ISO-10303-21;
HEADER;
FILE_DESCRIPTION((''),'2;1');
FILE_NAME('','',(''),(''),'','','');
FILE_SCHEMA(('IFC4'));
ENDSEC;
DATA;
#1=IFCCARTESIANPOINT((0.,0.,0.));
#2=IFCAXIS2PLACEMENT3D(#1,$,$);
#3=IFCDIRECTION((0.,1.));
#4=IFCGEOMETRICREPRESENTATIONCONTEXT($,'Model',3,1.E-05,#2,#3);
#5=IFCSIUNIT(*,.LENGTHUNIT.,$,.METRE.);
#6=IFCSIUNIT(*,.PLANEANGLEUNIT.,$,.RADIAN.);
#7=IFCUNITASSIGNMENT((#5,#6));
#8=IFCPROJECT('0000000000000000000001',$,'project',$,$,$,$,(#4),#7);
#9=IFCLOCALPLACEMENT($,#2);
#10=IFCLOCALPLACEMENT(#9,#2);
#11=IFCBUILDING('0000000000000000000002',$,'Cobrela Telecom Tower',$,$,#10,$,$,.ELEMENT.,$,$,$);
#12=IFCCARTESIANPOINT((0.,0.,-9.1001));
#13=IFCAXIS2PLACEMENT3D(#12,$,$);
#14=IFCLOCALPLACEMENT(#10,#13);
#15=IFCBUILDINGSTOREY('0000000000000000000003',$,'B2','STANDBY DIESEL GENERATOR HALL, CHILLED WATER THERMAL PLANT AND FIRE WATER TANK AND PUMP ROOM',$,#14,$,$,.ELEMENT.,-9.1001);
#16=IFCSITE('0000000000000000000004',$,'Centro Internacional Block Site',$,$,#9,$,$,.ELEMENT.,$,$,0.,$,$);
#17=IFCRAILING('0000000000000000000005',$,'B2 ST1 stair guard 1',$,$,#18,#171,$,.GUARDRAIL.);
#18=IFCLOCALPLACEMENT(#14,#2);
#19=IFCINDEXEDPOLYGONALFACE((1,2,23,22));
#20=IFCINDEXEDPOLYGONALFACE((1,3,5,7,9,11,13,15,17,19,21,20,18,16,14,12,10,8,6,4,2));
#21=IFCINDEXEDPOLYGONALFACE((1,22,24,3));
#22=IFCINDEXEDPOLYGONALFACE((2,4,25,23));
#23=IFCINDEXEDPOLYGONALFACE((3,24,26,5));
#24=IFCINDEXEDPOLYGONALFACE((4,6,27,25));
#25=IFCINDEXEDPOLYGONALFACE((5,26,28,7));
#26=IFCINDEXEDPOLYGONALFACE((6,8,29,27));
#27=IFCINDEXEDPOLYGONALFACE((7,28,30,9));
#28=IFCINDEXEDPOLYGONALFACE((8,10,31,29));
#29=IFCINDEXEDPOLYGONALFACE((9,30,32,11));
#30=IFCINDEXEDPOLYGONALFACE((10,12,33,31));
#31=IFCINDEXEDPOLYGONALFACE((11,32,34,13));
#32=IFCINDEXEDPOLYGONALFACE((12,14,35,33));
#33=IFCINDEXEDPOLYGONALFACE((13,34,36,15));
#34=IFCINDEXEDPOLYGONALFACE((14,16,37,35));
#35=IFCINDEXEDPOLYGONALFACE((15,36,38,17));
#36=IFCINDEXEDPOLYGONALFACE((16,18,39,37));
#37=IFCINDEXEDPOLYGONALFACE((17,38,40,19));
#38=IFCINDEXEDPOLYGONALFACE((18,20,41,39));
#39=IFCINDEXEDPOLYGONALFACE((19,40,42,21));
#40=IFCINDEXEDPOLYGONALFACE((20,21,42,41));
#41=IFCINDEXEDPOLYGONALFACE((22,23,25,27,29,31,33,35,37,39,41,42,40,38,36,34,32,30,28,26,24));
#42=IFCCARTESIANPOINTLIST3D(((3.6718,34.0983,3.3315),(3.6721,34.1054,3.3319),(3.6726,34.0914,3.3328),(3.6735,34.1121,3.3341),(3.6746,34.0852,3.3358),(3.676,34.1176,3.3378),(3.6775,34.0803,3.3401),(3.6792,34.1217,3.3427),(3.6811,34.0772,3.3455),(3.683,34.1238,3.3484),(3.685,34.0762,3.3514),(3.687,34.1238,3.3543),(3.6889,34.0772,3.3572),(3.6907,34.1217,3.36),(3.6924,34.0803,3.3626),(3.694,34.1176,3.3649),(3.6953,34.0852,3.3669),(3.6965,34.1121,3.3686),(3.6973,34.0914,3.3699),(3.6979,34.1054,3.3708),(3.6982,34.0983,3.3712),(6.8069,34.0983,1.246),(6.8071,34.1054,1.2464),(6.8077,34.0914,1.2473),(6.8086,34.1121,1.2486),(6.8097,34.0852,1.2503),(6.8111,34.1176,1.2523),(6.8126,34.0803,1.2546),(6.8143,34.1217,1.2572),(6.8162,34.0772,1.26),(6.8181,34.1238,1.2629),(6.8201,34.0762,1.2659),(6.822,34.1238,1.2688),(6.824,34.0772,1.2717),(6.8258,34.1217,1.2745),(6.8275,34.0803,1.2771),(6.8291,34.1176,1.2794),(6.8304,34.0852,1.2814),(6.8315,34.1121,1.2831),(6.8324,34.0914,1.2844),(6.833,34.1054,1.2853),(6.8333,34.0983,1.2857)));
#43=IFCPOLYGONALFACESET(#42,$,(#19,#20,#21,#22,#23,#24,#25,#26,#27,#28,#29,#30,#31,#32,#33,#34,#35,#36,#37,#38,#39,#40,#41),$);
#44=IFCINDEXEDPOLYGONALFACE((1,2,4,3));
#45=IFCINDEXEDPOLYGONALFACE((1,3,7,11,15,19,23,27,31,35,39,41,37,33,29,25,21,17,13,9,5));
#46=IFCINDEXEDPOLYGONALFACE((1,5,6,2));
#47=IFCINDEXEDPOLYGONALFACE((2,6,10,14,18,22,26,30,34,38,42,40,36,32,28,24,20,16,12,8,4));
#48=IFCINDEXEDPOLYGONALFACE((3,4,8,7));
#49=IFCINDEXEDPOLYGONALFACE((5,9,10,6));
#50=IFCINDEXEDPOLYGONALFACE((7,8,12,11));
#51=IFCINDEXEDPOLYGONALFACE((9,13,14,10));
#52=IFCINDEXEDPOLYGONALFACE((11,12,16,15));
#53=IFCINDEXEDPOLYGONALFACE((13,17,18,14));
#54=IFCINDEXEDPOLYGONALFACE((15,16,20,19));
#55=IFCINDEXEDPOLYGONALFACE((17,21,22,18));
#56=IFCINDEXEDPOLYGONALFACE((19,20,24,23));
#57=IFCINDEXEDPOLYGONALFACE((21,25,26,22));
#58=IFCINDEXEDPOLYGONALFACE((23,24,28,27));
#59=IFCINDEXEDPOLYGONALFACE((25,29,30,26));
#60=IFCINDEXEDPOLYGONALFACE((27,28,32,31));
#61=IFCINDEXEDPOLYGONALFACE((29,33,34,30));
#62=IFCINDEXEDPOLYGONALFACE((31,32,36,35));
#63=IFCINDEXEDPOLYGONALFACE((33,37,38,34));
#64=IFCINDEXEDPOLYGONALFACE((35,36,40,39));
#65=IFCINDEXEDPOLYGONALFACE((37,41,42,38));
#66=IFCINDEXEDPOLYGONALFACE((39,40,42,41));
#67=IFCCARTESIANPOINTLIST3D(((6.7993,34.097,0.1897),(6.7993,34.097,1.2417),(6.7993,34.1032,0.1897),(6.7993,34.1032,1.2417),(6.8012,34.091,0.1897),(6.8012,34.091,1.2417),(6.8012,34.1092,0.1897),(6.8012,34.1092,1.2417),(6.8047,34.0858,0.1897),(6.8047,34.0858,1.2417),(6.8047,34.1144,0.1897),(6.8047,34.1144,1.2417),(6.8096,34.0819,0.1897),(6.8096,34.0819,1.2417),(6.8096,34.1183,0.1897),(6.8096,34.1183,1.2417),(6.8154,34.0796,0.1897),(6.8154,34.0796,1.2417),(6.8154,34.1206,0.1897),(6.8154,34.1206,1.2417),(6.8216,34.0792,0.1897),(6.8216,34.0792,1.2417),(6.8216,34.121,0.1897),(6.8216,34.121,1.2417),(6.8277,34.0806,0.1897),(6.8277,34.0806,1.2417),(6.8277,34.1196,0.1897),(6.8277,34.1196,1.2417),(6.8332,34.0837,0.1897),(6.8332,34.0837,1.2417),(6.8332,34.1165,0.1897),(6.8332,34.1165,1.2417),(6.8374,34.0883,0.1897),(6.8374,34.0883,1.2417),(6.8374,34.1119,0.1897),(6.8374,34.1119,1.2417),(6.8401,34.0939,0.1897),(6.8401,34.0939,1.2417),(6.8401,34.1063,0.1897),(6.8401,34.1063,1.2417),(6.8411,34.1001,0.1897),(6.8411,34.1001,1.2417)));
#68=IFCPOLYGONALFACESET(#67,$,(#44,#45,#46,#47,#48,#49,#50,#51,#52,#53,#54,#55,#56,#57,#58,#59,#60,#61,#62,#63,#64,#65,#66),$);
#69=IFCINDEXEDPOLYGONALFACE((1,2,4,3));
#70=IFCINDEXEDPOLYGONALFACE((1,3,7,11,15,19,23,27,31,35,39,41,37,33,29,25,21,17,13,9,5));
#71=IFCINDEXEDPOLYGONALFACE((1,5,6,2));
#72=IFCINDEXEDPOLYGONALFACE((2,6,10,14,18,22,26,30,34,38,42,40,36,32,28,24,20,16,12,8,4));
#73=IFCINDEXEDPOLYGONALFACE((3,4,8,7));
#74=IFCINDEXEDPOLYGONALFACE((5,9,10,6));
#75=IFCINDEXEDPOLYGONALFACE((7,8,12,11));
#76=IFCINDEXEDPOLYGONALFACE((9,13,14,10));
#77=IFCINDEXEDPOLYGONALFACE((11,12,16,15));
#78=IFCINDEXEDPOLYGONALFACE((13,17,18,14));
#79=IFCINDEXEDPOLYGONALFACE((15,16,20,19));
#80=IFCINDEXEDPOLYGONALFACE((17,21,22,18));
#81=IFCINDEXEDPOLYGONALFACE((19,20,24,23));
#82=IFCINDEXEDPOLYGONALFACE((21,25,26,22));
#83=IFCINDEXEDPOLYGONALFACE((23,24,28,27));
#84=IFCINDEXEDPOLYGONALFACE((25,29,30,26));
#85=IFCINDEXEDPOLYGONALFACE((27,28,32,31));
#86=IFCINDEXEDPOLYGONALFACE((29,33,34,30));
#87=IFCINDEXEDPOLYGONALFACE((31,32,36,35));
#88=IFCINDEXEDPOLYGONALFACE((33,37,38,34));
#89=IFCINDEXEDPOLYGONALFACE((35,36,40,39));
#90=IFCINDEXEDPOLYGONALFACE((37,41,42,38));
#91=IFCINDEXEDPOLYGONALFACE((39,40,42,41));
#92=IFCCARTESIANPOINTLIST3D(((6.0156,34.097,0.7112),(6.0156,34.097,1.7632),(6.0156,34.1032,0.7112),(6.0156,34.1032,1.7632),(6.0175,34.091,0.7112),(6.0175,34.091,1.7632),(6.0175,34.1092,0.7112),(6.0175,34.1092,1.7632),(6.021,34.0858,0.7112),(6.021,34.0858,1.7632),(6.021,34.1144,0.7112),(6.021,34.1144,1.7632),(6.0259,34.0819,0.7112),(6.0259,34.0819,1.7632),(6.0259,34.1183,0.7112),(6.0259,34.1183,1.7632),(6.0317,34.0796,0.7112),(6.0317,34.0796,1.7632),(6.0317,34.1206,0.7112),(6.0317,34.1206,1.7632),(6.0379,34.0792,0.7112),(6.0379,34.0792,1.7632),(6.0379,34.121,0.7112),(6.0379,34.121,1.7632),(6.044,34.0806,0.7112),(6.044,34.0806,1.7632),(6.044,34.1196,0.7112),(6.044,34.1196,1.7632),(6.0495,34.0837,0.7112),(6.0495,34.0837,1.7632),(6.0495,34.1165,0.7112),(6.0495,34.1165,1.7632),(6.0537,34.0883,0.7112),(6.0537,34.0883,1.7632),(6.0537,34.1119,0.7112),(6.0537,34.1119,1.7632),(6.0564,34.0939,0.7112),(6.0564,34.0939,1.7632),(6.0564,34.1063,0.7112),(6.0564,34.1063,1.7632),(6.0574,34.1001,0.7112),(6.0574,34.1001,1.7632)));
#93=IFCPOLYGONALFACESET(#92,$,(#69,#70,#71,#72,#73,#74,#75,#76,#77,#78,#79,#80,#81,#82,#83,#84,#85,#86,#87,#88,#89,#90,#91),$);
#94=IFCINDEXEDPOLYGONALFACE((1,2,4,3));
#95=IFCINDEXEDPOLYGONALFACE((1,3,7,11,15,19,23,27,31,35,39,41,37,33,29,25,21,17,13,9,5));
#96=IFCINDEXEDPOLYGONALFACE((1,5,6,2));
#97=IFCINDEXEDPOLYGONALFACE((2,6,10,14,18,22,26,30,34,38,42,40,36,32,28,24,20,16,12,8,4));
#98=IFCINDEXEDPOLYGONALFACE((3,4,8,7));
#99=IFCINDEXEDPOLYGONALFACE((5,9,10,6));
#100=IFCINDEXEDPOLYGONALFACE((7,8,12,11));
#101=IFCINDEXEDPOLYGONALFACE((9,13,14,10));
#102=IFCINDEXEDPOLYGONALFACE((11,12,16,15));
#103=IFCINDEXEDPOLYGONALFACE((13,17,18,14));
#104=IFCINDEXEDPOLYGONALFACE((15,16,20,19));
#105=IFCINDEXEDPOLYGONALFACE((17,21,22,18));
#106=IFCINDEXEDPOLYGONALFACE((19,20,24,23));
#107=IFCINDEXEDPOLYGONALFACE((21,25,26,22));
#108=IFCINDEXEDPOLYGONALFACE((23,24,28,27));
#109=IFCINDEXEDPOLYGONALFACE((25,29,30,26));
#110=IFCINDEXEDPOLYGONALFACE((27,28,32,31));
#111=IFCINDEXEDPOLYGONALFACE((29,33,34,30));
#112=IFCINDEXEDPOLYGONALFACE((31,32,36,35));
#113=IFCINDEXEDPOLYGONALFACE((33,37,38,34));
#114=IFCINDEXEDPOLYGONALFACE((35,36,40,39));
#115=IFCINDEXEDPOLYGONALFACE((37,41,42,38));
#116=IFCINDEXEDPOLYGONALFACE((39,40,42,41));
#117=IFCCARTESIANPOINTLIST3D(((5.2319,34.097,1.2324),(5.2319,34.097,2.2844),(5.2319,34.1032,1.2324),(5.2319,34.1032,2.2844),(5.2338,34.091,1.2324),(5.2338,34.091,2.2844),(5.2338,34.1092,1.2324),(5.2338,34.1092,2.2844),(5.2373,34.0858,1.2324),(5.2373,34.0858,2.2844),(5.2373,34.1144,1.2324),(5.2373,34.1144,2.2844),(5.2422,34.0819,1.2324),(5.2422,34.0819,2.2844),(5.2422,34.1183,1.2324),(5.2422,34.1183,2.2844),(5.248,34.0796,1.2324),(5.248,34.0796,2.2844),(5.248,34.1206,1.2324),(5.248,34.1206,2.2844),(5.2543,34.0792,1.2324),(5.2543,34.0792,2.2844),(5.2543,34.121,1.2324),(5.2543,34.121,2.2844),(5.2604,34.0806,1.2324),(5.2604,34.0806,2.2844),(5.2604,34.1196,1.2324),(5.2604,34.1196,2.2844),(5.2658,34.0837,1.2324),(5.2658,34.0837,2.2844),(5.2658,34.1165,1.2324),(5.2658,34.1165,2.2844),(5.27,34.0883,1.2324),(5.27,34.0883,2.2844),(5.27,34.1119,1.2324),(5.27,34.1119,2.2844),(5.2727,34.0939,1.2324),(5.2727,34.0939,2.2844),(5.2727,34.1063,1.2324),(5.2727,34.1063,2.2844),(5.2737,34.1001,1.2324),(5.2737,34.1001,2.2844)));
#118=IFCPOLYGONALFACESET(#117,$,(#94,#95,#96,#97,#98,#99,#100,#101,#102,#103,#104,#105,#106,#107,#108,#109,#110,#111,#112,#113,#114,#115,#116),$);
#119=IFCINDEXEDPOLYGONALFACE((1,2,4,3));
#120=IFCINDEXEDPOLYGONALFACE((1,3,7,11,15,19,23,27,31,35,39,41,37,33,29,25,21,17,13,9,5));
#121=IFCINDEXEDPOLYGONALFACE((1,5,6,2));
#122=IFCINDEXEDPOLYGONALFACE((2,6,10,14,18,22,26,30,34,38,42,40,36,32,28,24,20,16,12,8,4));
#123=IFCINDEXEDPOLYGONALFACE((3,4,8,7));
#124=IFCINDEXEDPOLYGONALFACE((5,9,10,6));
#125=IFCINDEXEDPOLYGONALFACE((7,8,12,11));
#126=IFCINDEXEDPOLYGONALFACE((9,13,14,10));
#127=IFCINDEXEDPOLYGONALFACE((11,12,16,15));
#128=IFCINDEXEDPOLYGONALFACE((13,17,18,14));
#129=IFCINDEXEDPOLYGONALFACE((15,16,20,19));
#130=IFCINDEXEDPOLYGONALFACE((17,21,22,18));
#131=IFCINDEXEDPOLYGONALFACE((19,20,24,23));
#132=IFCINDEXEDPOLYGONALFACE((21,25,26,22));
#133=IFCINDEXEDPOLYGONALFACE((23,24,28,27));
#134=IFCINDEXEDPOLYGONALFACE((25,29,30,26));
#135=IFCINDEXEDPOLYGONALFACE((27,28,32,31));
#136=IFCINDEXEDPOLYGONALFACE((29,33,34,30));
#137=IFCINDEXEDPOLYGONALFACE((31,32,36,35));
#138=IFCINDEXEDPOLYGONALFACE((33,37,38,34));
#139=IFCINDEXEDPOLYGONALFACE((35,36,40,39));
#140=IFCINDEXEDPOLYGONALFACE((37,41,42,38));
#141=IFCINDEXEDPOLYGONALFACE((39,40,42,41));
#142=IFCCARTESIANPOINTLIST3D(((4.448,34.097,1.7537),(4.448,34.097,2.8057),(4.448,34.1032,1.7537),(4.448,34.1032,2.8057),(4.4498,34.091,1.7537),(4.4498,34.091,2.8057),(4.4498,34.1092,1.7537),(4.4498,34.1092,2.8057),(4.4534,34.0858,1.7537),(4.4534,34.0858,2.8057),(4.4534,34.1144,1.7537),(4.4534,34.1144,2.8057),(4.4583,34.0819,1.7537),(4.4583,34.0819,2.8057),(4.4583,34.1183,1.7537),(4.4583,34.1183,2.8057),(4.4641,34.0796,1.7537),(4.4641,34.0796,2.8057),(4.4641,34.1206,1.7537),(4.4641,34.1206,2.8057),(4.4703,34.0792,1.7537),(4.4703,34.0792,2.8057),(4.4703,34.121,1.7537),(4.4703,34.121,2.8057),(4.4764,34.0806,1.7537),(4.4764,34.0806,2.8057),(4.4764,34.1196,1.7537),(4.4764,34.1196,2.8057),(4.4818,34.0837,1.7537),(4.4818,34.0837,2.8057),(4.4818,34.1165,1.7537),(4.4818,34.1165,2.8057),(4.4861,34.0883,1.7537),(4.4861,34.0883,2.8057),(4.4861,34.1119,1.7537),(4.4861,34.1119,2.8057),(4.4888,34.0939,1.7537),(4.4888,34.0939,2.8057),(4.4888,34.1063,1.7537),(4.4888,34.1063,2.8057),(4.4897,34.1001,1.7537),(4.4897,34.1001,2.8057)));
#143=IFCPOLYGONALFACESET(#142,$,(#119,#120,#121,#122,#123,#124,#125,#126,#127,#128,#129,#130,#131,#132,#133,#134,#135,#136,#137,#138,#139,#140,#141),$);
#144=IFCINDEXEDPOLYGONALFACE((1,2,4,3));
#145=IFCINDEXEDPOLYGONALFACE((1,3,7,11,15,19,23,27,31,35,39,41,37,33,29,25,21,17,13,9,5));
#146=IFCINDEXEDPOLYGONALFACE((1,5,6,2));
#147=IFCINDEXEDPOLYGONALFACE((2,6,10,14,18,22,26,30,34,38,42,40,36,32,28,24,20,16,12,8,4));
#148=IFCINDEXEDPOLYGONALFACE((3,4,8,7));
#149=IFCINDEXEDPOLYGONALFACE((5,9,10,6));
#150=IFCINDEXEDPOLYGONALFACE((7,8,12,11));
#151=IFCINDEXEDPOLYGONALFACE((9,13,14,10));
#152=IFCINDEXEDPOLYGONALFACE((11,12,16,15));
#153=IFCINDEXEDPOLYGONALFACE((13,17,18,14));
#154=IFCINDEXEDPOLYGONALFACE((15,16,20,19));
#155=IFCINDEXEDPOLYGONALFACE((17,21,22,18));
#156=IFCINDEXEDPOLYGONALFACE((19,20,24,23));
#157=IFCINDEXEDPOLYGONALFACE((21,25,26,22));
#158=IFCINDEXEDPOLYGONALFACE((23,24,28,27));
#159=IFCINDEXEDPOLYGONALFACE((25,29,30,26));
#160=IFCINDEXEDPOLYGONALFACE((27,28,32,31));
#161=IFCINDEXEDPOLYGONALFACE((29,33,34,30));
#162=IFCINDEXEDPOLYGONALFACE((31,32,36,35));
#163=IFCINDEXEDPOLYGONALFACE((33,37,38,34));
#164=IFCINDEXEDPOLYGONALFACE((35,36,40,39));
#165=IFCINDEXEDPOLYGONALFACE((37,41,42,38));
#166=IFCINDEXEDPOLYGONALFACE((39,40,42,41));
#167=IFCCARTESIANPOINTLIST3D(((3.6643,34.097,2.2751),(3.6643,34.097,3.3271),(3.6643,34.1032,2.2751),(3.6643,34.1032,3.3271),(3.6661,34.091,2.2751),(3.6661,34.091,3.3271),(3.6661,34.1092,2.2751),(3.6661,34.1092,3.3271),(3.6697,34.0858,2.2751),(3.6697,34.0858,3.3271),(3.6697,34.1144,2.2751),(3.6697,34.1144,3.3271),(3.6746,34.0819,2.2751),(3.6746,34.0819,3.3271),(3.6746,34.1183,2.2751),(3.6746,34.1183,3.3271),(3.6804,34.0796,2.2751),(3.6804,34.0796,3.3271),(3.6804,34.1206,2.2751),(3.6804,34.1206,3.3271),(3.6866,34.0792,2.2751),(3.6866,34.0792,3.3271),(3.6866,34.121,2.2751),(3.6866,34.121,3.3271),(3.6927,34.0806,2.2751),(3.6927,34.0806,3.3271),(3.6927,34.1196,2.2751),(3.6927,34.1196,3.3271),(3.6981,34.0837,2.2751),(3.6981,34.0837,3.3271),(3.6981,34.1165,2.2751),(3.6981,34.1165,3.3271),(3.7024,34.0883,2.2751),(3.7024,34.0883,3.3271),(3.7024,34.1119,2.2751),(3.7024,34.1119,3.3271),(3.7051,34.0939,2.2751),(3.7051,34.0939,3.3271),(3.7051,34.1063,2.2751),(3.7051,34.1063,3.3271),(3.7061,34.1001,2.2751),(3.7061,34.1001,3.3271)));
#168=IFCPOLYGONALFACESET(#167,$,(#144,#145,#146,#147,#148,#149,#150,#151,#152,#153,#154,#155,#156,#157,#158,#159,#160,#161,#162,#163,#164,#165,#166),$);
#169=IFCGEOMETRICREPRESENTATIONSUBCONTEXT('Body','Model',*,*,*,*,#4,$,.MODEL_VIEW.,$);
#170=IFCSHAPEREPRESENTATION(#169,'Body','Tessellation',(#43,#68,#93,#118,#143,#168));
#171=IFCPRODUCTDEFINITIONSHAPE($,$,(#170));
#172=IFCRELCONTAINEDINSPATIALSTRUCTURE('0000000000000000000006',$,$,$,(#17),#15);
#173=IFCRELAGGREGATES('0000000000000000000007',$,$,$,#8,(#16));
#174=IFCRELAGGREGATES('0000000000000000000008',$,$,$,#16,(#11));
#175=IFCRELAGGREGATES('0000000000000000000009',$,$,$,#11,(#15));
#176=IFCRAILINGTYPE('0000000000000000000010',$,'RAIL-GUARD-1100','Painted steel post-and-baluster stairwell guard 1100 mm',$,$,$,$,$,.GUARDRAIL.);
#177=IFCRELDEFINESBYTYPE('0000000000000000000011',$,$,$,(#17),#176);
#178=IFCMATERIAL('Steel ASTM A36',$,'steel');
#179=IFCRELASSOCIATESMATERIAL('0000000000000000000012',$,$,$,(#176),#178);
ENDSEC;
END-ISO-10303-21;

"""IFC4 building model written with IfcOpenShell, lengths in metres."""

from ifc_helpers import new_model, si_unit, direction, frame, origin, origin_2d, place, context, subcontext, project, spatial, circle, extrude, material, type_object, element, save


model = new_model("IFC4")

# Units and contexts
model_context = context("Model", 3, precision=1e-05, world=origin(), true_north=direction((0.0, 1.0)))
body_context = subcontext(model_context, "Body", "Model", "MODEL_VIEW")
ifc_project = project(units=[si_unit("LENGTHUNIT", "METRE"), si_unit("PLANEANGLEUNIT", "RADIAN")], contexts=[model_context])

# Site, building, storey
site_placement = place(None, origin())
site = spatial("IfcSite", under=ifc_project, at=site_placement, Name="Centro Internacional Block Site", CompositionType="ELEMENT", RefElevation=0.0)
building_placement = place(site_placement, origin())
building = spatial("IfcBuilding", under=site, at=building_placement, Name="Cobrela Telecom Tower", CompositionType="ELEMENT")
storey_placement = place(building_placement, frame((0.0, 0.0, -9.1001)))
storey = spatial("IfcBuildingStorey", under=building, at=storey_placement, Name="B2", Description="STANDBY DIESEL GENERATOR HALL, CHILLED WATER THERMAL PLANT AND FIRE WATER TANK AND PUMP ROOM", CompositionType="ELEMENT", Elevation=-9.1001)

# Railing
ifc_material_1 = material(Name="Steel ASTM A36", Category="steel")
railing_type_1 = type_object("IfcRailingType", Name="RAIL-GUARD-1100", Description="Painted steel post-and-baluster stairwell guard 1100 mm", PredefinedType="GUARDRAIL", material=ifc_material_1)
railing_1_placement = place(storey_placement, frame((6.8201, 34.1001, 0.1897)))
element("IfcRailing", 1, at=railing_1_placement, inside=storey, type_object=railing_type_1, Name="B2 ST1 stair guard 1", PredefinedType="GUARDRAIL", context=body_context, shape_type="SweptSolid", body=[
    extrude(circle(Radius=0.0239, at=origin_2d()), frame((0.0, 0.0, 1.0762), z_axis=(-0.832608, 0.0, 0.553862), x_axis=(0.0, -1.0, 0.0)), (0.0, 0.0, 1.0), 3.7654),
    extrude(circle(Radius=0.021, at=origin_2d()), origin(), (0.0, 0.0, 1.0), 1.052),
    extrude(circle(Radius=0.021, at=origin_2d()), frame((-0.7837, 0.0, 0.5215)), (0.0, 0.0, 1.0), 1.052),
    extrude(circle(Radius=0.021, at=origin_2d()), frame((-1.5674, 0.0, 1.0427)), (0.0, 0.0, 1.0), 1.052),
    extrude(circle(Radius=0.021, at=origin_2d()), frame((-2.3513, 0.0, 1.564)), (0.0, 0.0, 1.0), 1.052),
    extrude(circle(Radius=0.021, at=origin_2d()), frame((-3.135, 0.0, 2.0854)), (0.0, 0.0, 1.0), 1.052),
])

save(model, "model.ifc")
